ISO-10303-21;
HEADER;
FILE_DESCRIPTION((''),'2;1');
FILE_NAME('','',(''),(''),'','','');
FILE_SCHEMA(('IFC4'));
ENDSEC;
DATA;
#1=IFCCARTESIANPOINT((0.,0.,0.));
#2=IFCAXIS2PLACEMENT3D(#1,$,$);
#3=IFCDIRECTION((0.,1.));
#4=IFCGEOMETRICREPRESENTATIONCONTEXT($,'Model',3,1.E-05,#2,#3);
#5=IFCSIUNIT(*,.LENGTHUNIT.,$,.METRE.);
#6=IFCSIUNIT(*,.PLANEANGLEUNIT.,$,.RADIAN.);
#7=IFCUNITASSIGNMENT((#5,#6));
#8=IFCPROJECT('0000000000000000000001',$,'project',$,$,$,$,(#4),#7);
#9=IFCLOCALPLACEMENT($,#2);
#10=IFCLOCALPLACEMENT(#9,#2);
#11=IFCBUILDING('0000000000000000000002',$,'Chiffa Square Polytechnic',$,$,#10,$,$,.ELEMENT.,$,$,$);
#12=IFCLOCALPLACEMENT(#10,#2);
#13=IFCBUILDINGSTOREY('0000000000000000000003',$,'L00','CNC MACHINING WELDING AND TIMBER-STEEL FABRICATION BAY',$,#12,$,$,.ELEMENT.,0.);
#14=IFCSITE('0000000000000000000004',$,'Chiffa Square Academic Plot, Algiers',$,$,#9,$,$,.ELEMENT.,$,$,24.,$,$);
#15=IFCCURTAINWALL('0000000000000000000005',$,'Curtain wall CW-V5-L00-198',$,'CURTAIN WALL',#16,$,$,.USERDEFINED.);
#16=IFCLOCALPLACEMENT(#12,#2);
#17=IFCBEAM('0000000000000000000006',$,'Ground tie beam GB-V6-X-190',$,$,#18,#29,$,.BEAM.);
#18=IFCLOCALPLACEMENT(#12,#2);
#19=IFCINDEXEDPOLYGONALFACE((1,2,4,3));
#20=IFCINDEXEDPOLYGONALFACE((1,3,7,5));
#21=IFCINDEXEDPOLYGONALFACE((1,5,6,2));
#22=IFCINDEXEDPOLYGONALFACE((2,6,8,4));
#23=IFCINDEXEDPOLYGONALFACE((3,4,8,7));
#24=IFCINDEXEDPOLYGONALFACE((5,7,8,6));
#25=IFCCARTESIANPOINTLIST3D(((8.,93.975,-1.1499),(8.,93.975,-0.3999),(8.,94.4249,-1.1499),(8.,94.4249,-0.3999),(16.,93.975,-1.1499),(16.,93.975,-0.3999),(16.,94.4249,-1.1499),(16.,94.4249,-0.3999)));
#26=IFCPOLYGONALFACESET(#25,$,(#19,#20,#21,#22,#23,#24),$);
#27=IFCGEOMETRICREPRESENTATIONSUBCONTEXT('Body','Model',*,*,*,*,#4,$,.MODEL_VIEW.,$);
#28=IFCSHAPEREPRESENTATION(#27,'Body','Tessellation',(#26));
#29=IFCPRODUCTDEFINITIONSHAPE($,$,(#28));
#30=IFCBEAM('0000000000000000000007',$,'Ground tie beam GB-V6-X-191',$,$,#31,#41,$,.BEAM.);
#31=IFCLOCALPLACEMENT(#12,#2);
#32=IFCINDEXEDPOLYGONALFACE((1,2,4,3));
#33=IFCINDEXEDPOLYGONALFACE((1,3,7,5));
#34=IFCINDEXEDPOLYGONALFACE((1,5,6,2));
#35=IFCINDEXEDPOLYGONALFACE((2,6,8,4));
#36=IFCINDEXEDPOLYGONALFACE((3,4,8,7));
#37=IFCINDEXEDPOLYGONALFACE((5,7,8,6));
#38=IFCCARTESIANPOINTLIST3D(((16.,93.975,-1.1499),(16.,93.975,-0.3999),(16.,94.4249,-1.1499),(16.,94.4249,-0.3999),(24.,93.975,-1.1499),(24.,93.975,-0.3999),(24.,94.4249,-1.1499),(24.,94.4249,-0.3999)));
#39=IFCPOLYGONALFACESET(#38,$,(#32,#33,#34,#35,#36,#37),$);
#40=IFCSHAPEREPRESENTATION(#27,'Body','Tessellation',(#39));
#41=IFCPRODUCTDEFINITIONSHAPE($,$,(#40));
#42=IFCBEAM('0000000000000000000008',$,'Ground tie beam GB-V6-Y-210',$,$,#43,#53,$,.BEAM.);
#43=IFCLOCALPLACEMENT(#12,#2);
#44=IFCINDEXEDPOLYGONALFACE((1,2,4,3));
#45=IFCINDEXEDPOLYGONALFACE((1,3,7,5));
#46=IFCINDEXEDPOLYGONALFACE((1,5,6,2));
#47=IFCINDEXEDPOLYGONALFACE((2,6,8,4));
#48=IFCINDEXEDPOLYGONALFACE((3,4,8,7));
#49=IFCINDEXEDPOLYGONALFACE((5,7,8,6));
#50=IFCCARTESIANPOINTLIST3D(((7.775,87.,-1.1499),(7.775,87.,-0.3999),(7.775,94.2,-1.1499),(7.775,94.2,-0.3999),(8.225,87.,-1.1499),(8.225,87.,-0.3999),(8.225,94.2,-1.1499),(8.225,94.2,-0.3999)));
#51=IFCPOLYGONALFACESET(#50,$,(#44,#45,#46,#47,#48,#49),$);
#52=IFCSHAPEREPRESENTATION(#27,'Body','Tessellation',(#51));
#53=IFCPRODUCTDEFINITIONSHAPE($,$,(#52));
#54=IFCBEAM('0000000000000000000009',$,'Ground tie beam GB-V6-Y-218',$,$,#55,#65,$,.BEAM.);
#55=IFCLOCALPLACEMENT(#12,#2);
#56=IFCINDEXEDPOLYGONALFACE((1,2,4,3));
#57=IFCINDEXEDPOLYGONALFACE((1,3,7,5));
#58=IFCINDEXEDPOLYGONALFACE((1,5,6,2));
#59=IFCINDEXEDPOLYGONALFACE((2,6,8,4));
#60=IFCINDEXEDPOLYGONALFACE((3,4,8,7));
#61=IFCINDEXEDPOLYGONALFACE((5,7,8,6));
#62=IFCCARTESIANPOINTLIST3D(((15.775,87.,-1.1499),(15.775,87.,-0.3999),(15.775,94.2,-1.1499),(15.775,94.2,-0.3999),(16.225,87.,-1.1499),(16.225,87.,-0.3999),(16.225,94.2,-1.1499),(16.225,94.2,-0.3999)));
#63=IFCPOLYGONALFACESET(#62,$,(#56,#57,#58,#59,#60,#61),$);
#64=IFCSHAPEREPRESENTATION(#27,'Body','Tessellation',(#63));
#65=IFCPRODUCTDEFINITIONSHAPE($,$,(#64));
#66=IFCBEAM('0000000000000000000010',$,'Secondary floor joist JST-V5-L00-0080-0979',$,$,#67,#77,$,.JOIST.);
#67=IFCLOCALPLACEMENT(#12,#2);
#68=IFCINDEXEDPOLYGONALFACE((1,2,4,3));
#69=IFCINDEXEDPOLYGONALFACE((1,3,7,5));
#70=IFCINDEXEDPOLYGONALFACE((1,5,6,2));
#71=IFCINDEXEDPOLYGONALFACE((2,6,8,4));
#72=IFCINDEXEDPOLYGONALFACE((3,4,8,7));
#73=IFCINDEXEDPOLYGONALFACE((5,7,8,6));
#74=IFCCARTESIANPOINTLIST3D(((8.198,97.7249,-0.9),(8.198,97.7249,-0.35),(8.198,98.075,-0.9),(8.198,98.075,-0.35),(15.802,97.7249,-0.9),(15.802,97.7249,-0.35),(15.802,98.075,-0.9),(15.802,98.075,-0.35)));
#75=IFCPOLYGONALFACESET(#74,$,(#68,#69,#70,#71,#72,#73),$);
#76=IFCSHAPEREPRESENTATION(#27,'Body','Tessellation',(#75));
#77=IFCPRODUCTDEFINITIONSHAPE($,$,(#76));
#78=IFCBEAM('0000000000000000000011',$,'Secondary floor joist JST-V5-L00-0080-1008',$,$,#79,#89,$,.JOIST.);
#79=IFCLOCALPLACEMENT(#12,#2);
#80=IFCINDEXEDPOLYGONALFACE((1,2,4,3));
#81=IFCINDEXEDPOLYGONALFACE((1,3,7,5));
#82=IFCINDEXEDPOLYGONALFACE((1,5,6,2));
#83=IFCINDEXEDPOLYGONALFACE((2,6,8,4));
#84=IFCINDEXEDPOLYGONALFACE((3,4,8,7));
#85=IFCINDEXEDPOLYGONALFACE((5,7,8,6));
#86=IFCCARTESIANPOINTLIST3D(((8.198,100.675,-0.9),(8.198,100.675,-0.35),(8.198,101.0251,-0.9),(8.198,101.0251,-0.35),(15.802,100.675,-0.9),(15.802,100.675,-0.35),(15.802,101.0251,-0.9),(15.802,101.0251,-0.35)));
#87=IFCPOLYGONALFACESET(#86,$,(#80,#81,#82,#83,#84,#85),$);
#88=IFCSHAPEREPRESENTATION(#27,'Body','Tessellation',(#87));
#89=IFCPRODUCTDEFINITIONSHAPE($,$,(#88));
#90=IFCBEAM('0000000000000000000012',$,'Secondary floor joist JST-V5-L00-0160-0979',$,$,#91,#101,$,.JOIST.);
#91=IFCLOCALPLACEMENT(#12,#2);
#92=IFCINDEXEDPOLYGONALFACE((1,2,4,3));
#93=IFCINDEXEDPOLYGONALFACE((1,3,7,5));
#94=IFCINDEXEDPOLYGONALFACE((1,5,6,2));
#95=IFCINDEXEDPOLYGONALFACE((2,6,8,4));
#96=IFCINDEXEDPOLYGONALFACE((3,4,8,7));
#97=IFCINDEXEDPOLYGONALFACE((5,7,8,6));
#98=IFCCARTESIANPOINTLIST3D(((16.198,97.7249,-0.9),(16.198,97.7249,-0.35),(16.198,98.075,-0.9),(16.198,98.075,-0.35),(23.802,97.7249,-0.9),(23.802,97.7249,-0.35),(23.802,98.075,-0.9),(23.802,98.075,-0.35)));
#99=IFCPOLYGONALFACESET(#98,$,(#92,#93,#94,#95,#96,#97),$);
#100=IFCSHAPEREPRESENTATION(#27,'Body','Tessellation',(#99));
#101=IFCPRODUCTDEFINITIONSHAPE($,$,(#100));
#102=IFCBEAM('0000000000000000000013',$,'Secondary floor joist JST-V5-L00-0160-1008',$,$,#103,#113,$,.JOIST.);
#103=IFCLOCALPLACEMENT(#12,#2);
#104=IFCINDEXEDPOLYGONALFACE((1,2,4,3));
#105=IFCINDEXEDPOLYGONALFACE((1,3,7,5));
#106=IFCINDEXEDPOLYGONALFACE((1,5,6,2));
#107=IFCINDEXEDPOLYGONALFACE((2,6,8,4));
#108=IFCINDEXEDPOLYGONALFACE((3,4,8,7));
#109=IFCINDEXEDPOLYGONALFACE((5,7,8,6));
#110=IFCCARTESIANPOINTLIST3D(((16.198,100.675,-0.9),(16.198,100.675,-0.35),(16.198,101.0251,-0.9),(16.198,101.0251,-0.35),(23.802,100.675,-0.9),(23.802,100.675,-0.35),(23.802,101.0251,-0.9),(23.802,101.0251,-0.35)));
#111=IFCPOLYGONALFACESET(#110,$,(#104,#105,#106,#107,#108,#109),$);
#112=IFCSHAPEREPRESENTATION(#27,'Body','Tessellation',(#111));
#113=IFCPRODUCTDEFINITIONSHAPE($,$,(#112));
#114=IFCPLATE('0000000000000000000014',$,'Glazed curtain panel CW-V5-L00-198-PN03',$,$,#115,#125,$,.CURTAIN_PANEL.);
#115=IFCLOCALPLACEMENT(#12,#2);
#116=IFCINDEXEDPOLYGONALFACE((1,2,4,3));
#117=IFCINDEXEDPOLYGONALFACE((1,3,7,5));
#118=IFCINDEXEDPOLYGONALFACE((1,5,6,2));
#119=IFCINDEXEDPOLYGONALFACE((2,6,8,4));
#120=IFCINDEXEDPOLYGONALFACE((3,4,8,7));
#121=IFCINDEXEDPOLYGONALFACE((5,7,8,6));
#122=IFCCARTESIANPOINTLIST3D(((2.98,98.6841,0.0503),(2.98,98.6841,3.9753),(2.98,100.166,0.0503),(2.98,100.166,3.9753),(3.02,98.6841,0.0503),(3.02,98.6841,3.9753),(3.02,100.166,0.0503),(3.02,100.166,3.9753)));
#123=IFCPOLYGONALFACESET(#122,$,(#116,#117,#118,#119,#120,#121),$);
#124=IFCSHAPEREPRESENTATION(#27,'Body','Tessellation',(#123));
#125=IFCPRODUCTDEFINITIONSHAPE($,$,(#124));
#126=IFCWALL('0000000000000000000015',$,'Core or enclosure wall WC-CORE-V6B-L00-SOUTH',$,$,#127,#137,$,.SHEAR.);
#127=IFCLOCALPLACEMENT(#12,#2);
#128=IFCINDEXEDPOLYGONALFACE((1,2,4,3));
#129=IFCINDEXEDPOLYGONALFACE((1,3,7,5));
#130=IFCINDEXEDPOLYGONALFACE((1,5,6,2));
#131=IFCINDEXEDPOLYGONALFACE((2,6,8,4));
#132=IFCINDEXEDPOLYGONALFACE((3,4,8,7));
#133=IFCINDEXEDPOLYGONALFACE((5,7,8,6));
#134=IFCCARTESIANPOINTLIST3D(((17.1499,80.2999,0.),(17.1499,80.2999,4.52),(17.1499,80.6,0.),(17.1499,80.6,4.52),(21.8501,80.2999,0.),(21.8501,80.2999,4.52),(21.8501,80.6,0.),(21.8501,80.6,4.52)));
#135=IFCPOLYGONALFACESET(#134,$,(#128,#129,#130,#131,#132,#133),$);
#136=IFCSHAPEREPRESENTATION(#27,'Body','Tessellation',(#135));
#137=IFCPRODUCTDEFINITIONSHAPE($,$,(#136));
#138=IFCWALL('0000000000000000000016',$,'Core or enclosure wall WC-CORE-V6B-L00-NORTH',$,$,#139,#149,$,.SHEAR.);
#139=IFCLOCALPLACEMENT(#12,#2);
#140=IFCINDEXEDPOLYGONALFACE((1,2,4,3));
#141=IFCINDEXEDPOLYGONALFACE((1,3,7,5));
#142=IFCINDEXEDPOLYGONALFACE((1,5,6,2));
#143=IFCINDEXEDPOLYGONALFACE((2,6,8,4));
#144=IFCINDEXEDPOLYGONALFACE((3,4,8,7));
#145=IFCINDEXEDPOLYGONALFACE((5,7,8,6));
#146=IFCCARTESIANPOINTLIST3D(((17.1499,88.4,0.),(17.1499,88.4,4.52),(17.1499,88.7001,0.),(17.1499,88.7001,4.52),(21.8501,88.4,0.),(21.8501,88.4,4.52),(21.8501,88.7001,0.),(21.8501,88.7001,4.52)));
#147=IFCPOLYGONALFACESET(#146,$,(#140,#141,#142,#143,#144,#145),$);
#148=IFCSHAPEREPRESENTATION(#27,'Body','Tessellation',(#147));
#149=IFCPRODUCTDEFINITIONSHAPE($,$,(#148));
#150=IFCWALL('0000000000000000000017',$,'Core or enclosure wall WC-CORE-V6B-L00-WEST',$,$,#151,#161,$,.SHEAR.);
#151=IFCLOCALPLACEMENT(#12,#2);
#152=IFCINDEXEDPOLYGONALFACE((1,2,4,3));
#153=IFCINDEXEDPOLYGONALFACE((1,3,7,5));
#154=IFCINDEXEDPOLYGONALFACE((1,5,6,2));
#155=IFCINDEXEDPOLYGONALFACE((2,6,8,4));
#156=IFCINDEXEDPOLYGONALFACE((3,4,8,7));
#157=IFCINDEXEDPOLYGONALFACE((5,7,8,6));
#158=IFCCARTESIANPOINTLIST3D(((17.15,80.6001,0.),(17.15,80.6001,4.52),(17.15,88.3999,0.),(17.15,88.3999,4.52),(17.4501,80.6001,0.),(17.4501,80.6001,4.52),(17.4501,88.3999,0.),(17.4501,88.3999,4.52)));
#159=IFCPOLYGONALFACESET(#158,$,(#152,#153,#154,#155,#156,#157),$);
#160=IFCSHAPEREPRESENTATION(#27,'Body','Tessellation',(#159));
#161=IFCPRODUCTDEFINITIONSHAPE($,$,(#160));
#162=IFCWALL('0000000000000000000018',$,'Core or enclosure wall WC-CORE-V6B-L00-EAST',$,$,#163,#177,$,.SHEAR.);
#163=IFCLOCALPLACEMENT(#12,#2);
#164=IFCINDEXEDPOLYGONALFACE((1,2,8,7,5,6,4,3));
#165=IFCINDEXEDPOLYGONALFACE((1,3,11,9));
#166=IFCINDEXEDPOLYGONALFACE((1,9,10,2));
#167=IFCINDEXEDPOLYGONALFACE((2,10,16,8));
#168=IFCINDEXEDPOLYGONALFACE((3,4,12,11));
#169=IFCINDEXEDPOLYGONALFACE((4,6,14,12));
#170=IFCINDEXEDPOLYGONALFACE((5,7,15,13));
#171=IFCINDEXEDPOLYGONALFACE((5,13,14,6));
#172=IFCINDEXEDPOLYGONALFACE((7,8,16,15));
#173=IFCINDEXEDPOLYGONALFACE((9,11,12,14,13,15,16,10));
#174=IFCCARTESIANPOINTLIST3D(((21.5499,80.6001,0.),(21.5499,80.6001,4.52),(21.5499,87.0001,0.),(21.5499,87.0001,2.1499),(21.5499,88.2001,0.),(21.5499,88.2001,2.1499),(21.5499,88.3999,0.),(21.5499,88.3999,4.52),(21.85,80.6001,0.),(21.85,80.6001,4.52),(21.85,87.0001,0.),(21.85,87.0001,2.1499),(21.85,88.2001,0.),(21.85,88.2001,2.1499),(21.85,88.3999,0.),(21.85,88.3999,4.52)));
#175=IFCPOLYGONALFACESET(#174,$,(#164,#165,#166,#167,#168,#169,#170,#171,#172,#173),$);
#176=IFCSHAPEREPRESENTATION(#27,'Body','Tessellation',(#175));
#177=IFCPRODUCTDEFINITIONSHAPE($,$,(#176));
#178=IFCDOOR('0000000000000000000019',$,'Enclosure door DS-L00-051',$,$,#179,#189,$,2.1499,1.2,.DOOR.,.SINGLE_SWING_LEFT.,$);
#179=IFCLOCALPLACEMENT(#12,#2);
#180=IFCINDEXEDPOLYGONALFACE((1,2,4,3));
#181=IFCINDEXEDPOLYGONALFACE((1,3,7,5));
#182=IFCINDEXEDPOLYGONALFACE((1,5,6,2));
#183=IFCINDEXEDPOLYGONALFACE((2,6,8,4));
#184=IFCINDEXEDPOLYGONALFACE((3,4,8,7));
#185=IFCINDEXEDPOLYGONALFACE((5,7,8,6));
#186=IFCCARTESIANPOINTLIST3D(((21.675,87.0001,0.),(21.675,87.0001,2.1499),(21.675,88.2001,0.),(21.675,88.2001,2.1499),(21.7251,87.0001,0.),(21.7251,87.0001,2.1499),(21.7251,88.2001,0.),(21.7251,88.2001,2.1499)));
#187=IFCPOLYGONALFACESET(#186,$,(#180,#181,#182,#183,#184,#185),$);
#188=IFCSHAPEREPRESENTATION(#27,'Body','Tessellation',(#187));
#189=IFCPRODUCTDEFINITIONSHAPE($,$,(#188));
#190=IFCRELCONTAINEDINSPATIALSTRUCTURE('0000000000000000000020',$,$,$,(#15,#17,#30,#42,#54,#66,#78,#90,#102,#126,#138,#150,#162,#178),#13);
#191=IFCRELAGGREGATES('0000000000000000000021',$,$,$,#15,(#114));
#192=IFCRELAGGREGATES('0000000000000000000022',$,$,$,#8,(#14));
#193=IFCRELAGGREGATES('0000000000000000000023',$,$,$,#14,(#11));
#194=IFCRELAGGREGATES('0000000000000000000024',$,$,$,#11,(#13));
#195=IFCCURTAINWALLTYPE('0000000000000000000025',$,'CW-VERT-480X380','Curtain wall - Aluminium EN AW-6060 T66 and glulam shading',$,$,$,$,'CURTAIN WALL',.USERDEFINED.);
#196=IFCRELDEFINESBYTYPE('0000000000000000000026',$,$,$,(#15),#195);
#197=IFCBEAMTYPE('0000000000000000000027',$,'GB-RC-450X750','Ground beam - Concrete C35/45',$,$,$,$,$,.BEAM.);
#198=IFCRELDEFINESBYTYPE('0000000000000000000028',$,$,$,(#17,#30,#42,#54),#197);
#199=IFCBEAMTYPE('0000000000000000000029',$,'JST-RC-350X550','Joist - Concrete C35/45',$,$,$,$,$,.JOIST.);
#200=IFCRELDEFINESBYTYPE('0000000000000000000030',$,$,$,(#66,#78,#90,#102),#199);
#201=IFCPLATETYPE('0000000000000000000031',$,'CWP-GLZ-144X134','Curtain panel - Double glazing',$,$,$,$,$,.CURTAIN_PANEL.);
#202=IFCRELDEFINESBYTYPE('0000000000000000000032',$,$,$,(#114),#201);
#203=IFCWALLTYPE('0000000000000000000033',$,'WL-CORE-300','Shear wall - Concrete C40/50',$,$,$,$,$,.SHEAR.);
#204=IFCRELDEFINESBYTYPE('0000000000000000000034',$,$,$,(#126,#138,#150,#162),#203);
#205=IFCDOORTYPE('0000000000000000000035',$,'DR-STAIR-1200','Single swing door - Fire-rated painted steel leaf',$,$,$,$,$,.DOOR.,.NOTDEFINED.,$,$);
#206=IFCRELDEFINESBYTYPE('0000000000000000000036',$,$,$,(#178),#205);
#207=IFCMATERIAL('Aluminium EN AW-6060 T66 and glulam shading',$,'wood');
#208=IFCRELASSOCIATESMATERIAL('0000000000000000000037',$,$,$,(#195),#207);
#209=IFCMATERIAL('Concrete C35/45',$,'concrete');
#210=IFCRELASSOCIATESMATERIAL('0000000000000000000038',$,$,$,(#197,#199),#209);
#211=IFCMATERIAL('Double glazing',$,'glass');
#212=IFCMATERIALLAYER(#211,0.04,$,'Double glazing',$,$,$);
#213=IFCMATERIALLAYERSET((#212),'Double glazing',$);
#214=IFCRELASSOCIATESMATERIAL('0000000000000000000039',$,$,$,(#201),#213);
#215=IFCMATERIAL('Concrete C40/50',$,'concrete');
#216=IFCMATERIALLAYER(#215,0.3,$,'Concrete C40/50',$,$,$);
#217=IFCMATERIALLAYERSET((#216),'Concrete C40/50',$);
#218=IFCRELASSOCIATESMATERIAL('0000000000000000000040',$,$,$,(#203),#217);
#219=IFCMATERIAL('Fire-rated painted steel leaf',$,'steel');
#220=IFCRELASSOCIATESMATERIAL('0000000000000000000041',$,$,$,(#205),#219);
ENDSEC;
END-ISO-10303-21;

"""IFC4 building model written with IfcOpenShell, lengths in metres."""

from ifc_helpers import new_model, si_unit, direction, frame, frame_2d, origin, origin_2d, place, context, subcontext, project, spatial, rectangle, extrude, material, layer, layer_set, material_profile, profile_set, type_object, element, fill, aggregate, save


model = new_model("IFC4")

# Units and contexts
model_context = context("Model", 3, precision=1e-05, world=origin(), true_north=direction((0.0, 1.0)))
body_context = subcontext(model_context, "Body", "Model", "MODEL_VIEW")
ifc_project = project(units=[si_unit("LENGTHUNIT", "METRE"), si_unit("PLANEANGLEUNIT", "RADIAN")], contexts=[model_context])

# Site, building, storey
site_placement = place(None, origin())
site = spatial("IfcSite", under=ifc_project, at=site_placement, Name="Chiffa Square Academic Plot, Algiers", CompositionType="ELEMENT", RefElevation=24.0)
building_placement = place(site_placement, origin())
building = spatial("IfcBuilding", under=site, at=building_placement, Name="Chiffa Square Polytechnic", CompositionType="ELEMENT")
storey_placement = place(building_placement, origin())
storey = spatial("IfcBuildingStorey", under=building, at=storey_placement, Name="L00", Description="CNC MACHINING WELDING AND TIMBER-STEEL FABRICATION BAY", CompositionType="ELEMENT", Elevation=0.0)

# Shared definitions
ifc_material_1 = material(Name="Concrete C35/45", Category="concrete")
ifc_material_2 = material(Name="Concrete C40/50", Category="concrete")

# Curtain wall
ifc_material_3 = material(Name="Aluminium EN AW-6060 T66 and glulam shading", Category="wood")
curtain_wall_type = type_object("IfcCurtainWallType", Name="CW-VERT-480X380", Description="Curtain wall - Aluminium EN AW-6060 T66 and glulam shading", ElementType="CURTAIN WALL", PredefinedType="USERDEFINED", material=ifc_material_3)
curtain_wall_placement = place(storey_placement, origin())
curtain_wall = element("IfcCurtainWall", 1, at=curtain_wall_placement, inside=storey, type_object=curtain_wall_type, Name="Curtain wall CW-V5-L00-198", ObjectType="CURTAIN WALL", PredefinedType="USERDEFINED")

# Beams
ifc_material_profile_1 = material_profile(ifc_material_1, rectangle(XDim=0.45, YDim=0.75, at=origin_2d()), Name="RC 450x750")
ifc_profile_set_1 = profile_set([ifc_material_profile_1], Name="Concrete C35/45")
beam_type_1 = type_object("IfcBeamType", Name="GB-RC-450X750", Description="Ground beam - Concrete C35/45", PredefinedType="BEAM", material=ifc_profile_set_1)
for number, where, z_axis, x_axis, name in (
    (2, (8.0, 94.2, -0.7749), (1.0, 0.0, 0.0), (0.0, 1.0, 0.0), "Ground tie beam GB-V6-X-190"),
    (3, (16.0, 94.2, -0.7749), (1.0, 0.0, 0.0), (0.0, 1.0, 0.0), "Ground tie beam GB-V6-X-191"),
):
    element("IfcBeam", number, at=place(storey_placement, frame(where, z_axis=z_axis, x_axis=x_axis)), inside=storey, type_object=beam_type_1, Name=name, PredefinedType="BEAM", context=body_context, shape_type="SweptSolid", body=[
        extrude(rectangle(XDim=0.45, YDim=0.75, at=origin_2d()), origin(), (0.0, 0.0, 1.0), 8.0),
    ])
for number, where, z_axis, x_axis, name in (
    (4, (8.0, 87.0, -0.7749), (0.0, 1.0, 0.0), (-1.0, 0.0, 0.0), "Ground tie beam GB-V6-Y-210"),
    (5, (16.0, 87.0, -0.7749), (0.0, 1.0, 0.0), (-1.0, 0.0, 0.0), "Ground tie beam GB-V6-Y-218"),
):
    element("IfcBeam", number, at=place(storey_placement, frame(where, z_axis=z_axis, x_axis=x_axis)), inside=storey, type_object=beam_type_1, Name=name, PredefinedType="BEAM", context=body_context, shape_type="SweptSolid", body=[
        extrude(rectangle(XDim=0.45, YDim=0.75, at=origin_2d()), origin(), (0.0, 0.0, 1.0), 7.2),
    ])
ifc_material_profile_2 = material_profile(ifc_material_1, rectangle(XDim=0.3501, YDim=0.55, at=origin_2d()), Name="RC 350x550")
ifc_profile_set_2 = profile_set([ifc_material_profile_2], Name="Concrete C35/45")
beam_type_2 = type_object("IfcBeamType", Name="JST-RC-350X550", Description="Joist - Concrete C35/45", PredefinedType="JOIST", material=ifc_profile_set_2)
for number, where, z_axis, x_axis, name in (
    (6, (8.198, 97.8999, -0.625), (1.0, 0.0, 0.0), (0.0, 1.0, 0.0), "Secondary floor joist JST-V5-L00-0080-0979"),
    (7, (8.198, 100.8501, -0.625), (1.0, 0.0, 0.0), (0.0, 1.0, 0.0), "Secondary floor joist JST-V5-L00-0080-1008"),
    (8, (16.198, 97.8999, -0.625), (1.0, 0.0, 0.0), (0.0, 1.0, 0.0), "Secondary floor joist JST-V5-L00-0160-0979"),
    (9, (16.198, 100.8501, -0.625), (1.0, 0.0, 0.0), (0.0, 1.0, 0.0), "Secondary floor joist JST-V5-L00-0160-1008"),
):
    element("IfcBeam", number, at=place(storey_placement, frame(where, z_axis=z_axis, x_axis=x_axis)), inside=storey, type_object=beam_type_2, Name=name, PredefinedType="JOIST", context=body_context, shape_type="SweptSolid", body=[
        extrude(rectangle(XDim=0.3501, YDim=0.55, at=origin_2d()), origin(), (0.0, 0.0, 1.0), 7.604),
    ])

# Plate
ifc_material_4 = material(Name="Double glazing", Category="glass")
ifc_layer_1 = layer(ifc_material_4, 0.04, Name="Double glazing")
ifc_layer_set_1 = layer_set([ifc_layer_1], Name="Double glazing")
plate_type = type_object("IfcPlateType", Name="CWP-GLZ-144X134", Description="Curtain panel - Double glazing", PredefinedType="CURTAIN_PANEL", material=ifc_layer_set_1)
plate_placement = place(storey_placement, frame((3.0, 99.425, 0.0503), z_axis=(0.0, 0.0, 1.0), x_axis=(0.0, -1.0, 0.0)))
plate = element("IfcPlate", 10, at=plate_placement, type_object=plate_type, Name="Glazed curtain panel CW-V5-L00-198-PN03", PredefinedType="CURTAIN_PANEL", context=body_context, shape_type="SweptSolid", body=[
    extrude(rectangle(XDim=1.4819, YDim=0.04, at=origin_2d()), origin(), (0.0, 0.0, 1.0), 3.925),
])
aggregate(curtain_wall, [plate])

# Walls
ifc_layer_2 = layer(ifc_material_2, 0.3, Name="Concrete C40/50")
ifc_layer_set_2 = layer_set([ifc_layer_2], Name="Concrete C40/50")
wall_type_1 = type_object("IfcWallType", Name="WL-CORE-300", Description="Shear wall - Concrete C40/50", PredefinedType="SHEAR", material=ifc_layer_set_2)
for number, where, z_axis, x_axis, name in (
    (11, (17.1499, 80.45, 0.0), (0.0, 0.0, 1.0), (1.0, 0.0, 0.0), "Core or enclosure wall WC-CORE-V6B-L00-SOUTH"),
    (12, (17.1499, 88.55, 0.0), (0.0, 0.0, 1.0), (1.0, 0.0, 0.0), "Core or enclosure wall WC-CORE-V6B-L00-NORTH"),
):
    element("IfcWall", number, at=place(storey_placement, frame(where, z_axis=z_axis, x_axis=x_axis)), inside=storey, type_object=wall_type_1, Name=name, PredefinedType="SHEAR", context=body_context, shape_type="SweptSolid", body=[
        extrude(rectangle(XDim=4.7002, YDim=0.3, at=frame_2d((2.3501, 0.0))), origin(), (0.0, 0.0, 1.0), 4.52),
    ])
wall_1_placement = place(storey_placement, frame((17.3, 80.6001, 0.0), z_axis=(0.0, 0.0, 1.0), x_axis=(0.0, 1.0, 0.0)))
element("IfcWall", 13, at=wall_1_placement, inside=storey, type_object=wall_type_1, Name="Core or enclosure wall WC-CORE-V6B-L00-WEST", PredefinedType="SHEAR", context=body_context, shape_type="SweptSolid", body=[
    extrude(rectangle(XDim=7.7998, YDim=0.3, at=frame_2d((3.8999, 0.0))), origin(), (0.0, 0.0, 1.0), 4.52),
])

# Wall, opening, door
wall_2_placement = place(storey_placement, frame((21.7, 80.6001, 0.0), z_axis=(0.0, 0.0, 1.0), x_axis=(0.0, 1.0, 0.0)))
wall_2 = element("IfcWall", 14, at=wall_2_placement, inside=storey, type_object=wall_type_1, Name="Core or enclosure wall WC-CORE-V6B-L00-EAST", PredefinedType="SHEAR", context=body_context, shape_type="SweptSolid", body=[
    extrude(rectangle(XDim=7.7998, YDim=0.3, at=frame_2d((3.8999, 0.0))), origin(), (0.0, 0.0, 1.0), 4.52),
])
opening_1_placement = place(wall_2_placement, frame((6.3999, 0.0, 0.0)))
opening_1 = element("IfcOpeningElement", 15, at=opening_1_placement, cuts=wall_2, PredefinedType="OPENING", context=body_context, shape_type="SweptSolid", body=[
    extrude(rectangle(XDim=1.2, YDim=2.1499, at=frame_2d((0.6001, 1.075))), frame((0.0, 0.1602, 0.0), z_axis=(0.0, -1.0, 0.0), x_axis=(1.0, 0.0, 0.0)), (0.0, 0.0, 1.0), 0.3201),
])
ifc_material_5 = material(Name="Fire-rated painted steel leaf", Category="steel")
door_type_1 = type_object("IfcDoorType", Name="DR-STAIR-1200", Description="Single swing door - Fire-rated painted steel leaf", OperationType="NOTDEFINED", PredefinedType="DOOR", material=ifc_material_5)
door_1_placement = place(opening_1_placement, origin())
door_1 = element("IfcDoor", 16, at=door_1_placement, inside=storey, type_object=door_type_1, Name="Enclosure door DS-L00-051", OperationType="SINGLE_SWING_LEFT", OverallHeight=2.1499, OverallWidth=1.2, PredefinedType="DOOR", context=body_context, shape_type="SweptSolid", body=[
    extrude(rectangle(XDim=1.2, YDim=2.1499, at=frame_2d((0.6001, 1.075))), frame((0.0, 0.0249, 0.0), z_axis=(0.0, -1.0, 0.0), x_axis=(1.0, 0.0, 0.0)), (0.0, 0.0, 1.0), 0.05),
])
fill(opening_1, door_1)

save(model, "model.ifc")
